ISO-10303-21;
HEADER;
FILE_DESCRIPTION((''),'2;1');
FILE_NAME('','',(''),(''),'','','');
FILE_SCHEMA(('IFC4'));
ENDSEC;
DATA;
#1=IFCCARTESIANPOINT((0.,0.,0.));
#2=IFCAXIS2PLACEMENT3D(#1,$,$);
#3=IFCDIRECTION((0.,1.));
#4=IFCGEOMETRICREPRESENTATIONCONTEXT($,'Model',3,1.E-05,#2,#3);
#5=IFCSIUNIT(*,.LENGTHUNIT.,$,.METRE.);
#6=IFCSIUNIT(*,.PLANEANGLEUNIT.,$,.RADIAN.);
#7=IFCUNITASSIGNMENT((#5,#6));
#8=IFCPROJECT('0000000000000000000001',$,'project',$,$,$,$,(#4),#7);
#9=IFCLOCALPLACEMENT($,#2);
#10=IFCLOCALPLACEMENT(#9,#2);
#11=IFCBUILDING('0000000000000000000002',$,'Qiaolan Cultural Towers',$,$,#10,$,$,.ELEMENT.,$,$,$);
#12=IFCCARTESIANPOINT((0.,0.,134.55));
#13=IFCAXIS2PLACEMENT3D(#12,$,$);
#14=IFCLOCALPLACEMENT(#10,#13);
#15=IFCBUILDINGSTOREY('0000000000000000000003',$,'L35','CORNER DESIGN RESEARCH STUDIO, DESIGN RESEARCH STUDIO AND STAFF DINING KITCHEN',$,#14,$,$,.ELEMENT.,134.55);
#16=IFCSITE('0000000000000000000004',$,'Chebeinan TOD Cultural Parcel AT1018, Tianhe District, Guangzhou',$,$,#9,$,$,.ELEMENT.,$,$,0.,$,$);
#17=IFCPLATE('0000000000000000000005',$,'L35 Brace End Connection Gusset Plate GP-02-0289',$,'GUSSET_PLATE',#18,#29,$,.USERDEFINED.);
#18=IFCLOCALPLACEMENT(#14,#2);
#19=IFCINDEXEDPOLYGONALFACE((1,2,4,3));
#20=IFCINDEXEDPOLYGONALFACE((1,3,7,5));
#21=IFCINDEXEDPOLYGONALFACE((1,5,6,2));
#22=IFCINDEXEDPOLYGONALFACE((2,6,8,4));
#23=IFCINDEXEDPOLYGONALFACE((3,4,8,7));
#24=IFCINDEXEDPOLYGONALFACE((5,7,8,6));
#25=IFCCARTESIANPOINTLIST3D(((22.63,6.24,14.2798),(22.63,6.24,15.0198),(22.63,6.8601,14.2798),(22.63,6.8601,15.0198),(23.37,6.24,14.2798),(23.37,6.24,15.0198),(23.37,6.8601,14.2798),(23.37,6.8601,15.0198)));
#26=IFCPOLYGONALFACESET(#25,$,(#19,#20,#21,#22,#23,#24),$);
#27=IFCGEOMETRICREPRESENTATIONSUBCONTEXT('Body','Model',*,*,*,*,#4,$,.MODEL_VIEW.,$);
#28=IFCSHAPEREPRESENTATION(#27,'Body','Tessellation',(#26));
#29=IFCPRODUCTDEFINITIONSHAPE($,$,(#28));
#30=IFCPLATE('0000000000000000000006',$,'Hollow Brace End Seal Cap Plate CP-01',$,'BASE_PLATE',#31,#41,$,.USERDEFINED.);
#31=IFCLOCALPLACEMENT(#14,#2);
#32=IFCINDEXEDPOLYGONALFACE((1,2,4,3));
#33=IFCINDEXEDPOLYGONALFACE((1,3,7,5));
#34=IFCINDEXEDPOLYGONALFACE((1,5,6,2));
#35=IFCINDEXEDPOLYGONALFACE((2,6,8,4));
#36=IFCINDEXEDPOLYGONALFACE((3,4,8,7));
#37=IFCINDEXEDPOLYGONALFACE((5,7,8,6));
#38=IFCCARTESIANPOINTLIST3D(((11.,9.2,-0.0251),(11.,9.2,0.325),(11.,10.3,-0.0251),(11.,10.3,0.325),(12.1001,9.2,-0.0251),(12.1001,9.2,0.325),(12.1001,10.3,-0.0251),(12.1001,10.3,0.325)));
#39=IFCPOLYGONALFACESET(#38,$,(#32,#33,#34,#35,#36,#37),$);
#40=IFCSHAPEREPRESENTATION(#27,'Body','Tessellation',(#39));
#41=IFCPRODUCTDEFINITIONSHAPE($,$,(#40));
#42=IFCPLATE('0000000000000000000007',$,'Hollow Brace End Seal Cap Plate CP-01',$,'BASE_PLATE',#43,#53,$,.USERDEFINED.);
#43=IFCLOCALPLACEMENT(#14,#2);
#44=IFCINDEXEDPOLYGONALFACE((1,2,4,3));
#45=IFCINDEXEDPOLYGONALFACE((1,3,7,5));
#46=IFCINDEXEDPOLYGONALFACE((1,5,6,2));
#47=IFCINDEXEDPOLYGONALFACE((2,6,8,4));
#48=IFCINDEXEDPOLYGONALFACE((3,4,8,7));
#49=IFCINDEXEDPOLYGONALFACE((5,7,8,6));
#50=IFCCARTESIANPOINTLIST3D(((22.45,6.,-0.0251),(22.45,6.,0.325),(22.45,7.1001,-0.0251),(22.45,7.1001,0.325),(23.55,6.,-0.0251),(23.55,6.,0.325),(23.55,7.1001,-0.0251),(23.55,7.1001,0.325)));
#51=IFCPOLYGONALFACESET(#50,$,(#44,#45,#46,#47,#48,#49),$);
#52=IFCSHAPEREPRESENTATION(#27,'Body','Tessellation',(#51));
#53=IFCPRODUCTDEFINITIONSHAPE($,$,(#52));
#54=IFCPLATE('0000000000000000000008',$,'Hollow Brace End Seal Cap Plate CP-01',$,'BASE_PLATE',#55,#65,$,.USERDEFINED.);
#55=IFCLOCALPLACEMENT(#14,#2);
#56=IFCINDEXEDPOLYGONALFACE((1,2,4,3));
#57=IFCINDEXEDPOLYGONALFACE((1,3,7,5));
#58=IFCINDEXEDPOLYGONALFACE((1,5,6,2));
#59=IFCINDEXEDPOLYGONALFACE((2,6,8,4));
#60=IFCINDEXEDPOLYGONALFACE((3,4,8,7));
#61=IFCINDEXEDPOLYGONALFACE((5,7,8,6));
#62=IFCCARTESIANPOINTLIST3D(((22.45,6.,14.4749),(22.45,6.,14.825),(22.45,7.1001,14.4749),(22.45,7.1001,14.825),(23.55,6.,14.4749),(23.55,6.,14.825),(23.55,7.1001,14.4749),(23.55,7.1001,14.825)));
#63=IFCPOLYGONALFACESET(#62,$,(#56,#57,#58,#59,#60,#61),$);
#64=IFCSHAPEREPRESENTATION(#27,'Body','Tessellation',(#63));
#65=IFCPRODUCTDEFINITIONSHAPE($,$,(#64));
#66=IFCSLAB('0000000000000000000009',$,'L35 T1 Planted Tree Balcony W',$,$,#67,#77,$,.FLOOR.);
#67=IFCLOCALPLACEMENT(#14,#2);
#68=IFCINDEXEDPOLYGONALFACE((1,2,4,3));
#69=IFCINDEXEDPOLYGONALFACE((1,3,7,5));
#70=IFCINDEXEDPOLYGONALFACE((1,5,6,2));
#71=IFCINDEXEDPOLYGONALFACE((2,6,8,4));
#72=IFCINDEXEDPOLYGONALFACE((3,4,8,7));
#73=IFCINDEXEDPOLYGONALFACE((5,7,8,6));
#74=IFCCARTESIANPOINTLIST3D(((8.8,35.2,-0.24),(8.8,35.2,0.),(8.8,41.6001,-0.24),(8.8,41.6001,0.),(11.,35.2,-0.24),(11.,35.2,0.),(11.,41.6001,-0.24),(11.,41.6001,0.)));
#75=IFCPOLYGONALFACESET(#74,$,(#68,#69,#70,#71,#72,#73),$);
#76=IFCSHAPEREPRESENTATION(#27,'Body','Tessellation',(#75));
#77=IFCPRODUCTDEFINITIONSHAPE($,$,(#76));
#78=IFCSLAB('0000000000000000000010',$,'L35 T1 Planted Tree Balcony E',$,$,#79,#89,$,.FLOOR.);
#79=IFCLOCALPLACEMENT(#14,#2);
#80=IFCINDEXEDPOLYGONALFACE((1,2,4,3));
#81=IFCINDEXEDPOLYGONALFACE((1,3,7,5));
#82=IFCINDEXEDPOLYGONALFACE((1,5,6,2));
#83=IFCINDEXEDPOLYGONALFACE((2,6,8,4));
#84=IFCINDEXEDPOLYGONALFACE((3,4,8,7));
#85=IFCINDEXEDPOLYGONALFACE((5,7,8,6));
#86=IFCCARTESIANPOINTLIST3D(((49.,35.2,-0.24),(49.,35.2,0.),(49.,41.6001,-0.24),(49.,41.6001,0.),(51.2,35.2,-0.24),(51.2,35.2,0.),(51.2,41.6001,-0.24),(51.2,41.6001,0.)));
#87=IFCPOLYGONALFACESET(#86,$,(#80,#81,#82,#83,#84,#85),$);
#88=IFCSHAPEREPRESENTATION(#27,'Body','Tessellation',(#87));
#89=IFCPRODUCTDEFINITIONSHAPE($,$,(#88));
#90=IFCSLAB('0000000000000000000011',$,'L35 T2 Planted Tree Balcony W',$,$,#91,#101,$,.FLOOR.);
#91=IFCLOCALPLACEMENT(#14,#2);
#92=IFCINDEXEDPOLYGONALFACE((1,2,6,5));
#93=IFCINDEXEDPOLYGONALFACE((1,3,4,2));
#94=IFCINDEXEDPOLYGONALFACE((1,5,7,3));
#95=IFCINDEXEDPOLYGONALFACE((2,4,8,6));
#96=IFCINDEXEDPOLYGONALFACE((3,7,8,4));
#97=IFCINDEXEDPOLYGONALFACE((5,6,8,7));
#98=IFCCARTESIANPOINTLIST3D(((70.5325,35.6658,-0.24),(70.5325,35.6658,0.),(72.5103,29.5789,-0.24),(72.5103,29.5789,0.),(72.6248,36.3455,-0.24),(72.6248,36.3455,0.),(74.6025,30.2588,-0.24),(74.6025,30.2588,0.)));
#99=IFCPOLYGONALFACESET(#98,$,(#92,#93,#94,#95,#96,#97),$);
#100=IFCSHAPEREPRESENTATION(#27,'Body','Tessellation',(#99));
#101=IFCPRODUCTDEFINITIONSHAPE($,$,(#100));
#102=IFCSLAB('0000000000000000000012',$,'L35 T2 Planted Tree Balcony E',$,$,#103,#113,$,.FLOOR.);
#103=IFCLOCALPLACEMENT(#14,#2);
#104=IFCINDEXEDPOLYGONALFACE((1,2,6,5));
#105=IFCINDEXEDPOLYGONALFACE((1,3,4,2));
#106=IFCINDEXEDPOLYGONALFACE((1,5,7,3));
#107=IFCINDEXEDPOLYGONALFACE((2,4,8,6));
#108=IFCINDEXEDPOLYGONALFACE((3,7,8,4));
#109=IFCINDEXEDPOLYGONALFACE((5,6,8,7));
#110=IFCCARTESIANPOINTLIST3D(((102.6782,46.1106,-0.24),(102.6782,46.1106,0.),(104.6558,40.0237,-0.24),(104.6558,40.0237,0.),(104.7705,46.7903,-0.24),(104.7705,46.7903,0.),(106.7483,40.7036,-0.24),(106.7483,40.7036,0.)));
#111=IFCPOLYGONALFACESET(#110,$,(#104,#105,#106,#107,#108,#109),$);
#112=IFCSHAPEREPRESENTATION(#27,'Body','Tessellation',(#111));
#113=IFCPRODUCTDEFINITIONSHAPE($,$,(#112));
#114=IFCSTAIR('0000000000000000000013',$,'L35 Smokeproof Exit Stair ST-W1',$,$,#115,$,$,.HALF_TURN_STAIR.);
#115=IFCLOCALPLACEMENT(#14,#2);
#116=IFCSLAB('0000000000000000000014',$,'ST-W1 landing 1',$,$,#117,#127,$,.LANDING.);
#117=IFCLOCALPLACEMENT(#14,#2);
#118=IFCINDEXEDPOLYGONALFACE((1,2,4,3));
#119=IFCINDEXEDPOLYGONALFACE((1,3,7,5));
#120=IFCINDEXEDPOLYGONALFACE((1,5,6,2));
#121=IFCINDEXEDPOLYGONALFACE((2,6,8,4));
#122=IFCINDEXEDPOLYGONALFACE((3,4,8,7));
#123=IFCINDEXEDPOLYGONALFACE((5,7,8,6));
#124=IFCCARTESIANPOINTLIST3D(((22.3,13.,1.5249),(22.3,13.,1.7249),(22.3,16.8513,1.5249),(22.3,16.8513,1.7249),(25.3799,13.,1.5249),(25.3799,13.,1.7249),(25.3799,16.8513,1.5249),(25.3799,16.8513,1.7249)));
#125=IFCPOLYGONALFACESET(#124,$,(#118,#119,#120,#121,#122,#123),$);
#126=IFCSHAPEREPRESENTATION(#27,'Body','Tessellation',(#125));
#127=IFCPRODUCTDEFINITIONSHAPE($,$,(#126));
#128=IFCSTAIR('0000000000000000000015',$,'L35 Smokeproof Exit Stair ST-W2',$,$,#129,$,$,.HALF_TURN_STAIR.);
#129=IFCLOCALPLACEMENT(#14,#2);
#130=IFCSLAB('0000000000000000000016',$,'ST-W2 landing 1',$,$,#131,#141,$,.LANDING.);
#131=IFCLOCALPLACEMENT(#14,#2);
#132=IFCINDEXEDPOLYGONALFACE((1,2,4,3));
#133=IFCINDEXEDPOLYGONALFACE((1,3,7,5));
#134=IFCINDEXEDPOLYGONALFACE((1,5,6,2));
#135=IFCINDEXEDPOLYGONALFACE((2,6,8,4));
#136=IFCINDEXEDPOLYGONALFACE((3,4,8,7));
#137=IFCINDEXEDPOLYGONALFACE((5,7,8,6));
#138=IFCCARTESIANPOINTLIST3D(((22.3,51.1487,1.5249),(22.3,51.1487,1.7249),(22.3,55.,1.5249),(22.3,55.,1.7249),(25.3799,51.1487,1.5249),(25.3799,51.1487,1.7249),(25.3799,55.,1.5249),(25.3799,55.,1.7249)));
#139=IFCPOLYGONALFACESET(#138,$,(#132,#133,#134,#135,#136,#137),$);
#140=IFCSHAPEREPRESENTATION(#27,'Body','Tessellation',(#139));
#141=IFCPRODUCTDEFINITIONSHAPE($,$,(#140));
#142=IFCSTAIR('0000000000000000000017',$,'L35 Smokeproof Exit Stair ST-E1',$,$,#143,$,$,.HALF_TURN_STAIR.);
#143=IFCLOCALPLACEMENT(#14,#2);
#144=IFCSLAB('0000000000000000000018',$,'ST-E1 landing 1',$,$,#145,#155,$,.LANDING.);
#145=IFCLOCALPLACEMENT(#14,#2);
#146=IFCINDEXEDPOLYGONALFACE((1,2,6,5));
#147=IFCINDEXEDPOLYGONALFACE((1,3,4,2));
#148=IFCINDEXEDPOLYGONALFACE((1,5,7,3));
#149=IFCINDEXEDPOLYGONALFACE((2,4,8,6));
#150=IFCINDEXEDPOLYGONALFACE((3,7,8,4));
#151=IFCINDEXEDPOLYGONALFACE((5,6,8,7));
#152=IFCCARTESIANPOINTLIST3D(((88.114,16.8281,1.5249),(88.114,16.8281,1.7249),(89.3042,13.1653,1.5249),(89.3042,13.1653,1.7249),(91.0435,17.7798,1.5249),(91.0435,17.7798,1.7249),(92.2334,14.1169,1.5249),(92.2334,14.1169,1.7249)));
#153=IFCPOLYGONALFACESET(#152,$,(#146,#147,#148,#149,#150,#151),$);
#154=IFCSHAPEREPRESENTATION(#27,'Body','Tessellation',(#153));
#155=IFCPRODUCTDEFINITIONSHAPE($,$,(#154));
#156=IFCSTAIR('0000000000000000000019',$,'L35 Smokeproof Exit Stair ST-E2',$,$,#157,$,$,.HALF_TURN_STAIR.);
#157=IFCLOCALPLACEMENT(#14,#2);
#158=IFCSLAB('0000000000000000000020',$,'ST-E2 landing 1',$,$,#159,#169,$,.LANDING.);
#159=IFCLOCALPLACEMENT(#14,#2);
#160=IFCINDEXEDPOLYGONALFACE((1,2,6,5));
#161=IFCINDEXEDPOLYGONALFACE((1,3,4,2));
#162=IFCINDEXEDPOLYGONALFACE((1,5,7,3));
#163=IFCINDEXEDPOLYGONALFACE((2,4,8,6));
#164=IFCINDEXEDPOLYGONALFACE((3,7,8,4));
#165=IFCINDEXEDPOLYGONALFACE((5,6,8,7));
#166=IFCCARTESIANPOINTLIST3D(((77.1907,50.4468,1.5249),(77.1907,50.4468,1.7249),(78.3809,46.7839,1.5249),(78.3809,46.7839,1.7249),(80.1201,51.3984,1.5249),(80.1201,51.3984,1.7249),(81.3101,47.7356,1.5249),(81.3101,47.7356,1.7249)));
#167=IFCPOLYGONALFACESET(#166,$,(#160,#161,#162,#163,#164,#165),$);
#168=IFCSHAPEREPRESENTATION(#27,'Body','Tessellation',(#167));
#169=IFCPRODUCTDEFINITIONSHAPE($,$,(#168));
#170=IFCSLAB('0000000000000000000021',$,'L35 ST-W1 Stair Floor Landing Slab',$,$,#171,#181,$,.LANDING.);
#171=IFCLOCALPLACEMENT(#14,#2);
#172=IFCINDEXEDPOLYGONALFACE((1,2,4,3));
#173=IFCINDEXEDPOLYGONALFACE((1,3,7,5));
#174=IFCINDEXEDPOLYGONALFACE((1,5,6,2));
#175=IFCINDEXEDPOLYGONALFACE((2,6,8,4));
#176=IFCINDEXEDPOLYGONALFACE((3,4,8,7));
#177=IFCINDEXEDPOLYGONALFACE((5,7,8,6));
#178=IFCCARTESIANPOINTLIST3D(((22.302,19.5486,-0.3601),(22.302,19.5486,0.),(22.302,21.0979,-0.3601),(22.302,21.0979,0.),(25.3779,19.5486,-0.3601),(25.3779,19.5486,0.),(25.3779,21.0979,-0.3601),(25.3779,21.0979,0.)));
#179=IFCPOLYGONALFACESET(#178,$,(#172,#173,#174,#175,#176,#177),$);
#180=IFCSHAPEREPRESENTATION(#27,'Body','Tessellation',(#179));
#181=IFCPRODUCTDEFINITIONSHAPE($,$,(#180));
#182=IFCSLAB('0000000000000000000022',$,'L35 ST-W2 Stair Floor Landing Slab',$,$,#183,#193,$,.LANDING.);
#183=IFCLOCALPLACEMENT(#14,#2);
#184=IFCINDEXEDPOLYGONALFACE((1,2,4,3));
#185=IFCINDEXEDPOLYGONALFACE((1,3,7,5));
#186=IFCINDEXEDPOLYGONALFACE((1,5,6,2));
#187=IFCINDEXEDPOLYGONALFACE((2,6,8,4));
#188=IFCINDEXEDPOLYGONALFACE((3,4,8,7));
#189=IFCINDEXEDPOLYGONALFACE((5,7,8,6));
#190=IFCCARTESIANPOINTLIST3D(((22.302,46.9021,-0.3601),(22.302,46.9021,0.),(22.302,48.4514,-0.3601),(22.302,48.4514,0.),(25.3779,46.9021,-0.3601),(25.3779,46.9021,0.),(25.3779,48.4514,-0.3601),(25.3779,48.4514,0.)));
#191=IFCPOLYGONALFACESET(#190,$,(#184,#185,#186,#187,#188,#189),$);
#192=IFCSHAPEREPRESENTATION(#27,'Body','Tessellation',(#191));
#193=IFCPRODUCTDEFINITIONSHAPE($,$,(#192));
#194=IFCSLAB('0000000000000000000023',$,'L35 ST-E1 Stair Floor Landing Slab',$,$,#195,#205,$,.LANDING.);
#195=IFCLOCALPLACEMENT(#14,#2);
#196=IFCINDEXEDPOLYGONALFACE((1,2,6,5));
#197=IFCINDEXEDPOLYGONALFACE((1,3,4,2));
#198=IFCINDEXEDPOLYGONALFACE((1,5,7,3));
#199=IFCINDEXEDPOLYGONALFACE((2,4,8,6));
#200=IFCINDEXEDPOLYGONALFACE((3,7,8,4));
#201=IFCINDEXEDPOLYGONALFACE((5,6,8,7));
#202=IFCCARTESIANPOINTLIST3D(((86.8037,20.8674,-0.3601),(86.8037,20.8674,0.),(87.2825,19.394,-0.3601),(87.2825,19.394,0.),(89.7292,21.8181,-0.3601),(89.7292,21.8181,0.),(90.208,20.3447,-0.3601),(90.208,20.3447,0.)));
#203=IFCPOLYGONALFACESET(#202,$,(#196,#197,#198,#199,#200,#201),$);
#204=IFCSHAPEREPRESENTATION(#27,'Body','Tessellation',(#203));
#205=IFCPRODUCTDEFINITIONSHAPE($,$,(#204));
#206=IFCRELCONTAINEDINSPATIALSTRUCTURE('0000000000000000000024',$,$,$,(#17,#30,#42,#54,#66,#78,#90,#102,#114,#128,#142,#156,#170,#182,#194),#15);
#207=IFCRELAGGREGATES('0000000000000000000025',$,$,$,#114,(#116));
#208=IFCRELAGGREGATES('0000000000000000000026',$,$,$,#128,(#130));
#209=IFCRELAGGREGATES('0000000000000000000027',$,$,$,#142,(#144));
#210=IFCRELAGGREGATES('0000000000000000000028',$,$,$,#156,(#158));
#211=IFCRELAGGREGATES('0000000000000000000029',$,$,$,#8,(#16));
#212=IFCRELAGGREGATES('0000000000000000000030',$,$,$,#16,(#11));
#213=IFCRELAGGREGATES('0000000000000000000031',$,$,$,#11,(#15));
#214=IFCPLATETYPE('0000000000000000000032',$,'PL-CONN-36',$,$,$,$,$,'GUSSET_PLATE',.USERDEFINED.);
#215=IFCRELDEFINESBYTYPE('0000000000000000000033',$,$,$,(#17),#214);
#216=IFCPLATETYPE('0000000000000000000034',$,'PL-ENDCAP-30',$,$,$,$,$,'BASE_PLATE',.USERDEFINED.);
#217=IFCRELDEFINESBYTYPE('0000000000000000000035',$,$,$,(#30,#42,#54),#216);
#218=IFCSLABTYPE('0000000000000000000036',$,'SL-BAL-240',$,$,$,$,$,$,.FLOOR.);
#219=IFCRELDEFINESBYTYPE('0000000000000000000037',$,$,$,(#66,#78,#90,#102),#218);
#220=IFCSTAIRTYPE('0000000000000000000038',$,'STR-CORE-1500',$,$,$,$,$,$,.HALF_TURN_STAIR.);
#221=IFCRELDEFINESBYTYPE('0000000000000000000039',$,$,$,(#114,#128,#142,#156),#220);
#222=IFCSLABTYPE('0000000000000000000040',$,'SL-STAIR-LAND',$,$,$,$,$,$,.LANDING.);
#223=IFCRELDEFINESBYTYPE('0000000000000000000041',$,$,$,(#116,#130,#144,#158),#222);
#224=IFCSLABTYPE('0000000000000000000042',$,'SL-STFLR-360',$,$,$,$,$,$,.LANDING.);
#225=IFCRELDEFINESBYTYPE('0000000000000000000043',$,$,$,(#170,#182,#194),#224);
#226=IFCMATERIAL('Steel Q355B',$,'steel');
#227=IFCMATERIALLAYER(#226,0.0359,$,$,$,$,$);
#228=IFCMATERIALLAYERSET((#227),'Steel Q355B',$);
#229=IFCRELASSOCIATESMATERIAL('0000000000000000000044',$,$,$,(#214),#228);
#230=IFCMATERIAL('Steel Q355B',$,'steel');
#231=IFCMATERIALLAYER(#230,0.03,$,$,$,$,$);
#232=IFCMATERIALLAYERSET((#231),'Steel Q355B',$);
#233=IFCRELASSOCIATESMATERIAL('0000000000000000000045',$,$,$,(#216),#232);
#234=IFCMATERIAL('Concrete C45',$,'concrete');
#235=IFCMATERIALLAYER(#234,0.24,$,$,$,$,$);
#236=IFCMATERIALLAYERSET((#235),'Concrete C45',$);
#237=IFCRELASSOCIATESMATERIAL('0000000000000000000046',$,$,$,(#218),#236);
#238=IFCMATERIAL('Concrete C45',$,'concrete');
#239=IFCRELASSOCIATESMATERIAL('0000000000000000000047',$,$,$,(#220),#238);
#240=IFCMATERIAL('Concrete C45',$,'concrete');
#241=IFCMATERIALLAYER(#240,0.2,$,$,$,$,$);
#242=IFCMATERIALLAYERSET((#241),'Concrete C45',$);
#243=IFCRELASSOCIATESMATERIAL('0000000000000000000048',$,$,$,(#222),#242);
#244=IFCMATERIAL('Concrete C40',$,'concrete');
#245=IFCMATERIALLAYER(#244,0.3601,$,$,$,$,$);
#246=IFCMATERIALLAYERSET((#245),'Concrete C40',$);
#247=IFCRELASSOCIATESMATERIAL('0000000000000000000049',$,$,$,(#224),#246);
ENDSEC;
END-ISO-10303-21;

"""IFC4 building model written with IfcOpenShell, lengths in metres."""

from ifc_helpers import new_model, si_unit, direction, frame, origin, origin_2d, place, context, subcontext, project, spatial, polyline, rectangle, outline, extrude, material, layer, layer_set, type_object, element, aggregate, save


model = new_model("IFC4")

# Units and contexts
model_context = context("Model", 3, precision=1e-05, world=origin(), true_north=direction((0.0, 1.0)))
body_context = subcontext(model_context, "Body", "Model", "MODEL_VIEW")
ifc_project = project(units=[si_unit("LENGTHUNIT", "METRE"), si_unit("PLANEANGLEUNIT", "RADIAN")], contexts=[model_context])

# Site, building, storey
site_placement = place(None, origin())
site = spatial("IfcSite", under=ifc_project, at=site_placement, Name="Chebeinan TOD Cultural Parcel AT1018, Tianhe District, Guangzhou", CompositionType="ELEMENT", RefElevation=0.0)
building_placement = place(site_placement, origin())
building = spatial("IfcBuilding", under=site, at=building_placement, Name="Qiaolan Cultural Towers", CompositionType="ELEMENT")
storey_placement = place(building_placement, frame((0.0, 0.0, 134.55)))
storey = spatial("IfcBuildingStorey", under=building, at=storey_placement, Name="L35", Description="CORNER DESIGN RESEARCH STUDIO, DESIGN RESEARCH STUDIO AND STAFF DINING KITCHEN", CompositionType="ELEMENT", Elevation=134.55)

# Plates
ifc_material_1 = material(Name="Steel Q355B", Category="steel")
ifc_layer_1 = layer(ifc_material_1, 0.0359)
ifc_layer_set_1 = layer_set([ifc_layer_1], Name="Steel Q355B")
plate_type_1 = type_object("IfcPlateType", Name="PL-CONN-36", ElementType="GUSSET_PLATE", PredefinedType="USERDEFINED", material=ifc_layer_set_1)
plate_placement = place(storey_placement, frame((23.0, 6.55, 14.2798), z_axis=(0.0, 0.0, 1.0), x_axis=(1.0, 0.0, 0.0)))
element("IfcPlate", 1, at=plate_placement, inside=storey, type_object=plate_type_1, Name="L35 Brace End Connection Gusset Plate GP-02-0289", ObjectType="GUSSET_PLATE", PredefinedType="USERDEFINED", context=body_context, shape_type="SweptSolid", body=[
    extrude(rectangle(XDim=0.74, YDim=0.6201, at=origin_2d()), origin(), (0.0, 0.0, 1.0), 0.74),
])
ifc_material_2 = material(Name="Steel Q355B", Category="steel")
ifc_layer_2 = layer(ifc_material_2, 0.03)
ifc_layer_set_2 = layer_set([ifc_layer_2], Name="Steel Q355B")
plate_type_2 = type_object("IfcPlateType", Name="PL-ENDCAP-30", ElementType="BASE_PLATE", PredefinedType="USERDEFINED", material=ifc_layer_set_2)
for number, where, z_axis, x_axis, name in (
    (2, (11.55, 9.75, -0.0251), (0.0, 0.0, 1.0), (0.0, 1.0, 0.0), "Hollow Brace End Seal Cap Plate CP-01"),
    (3, (23.0, 6.55, -0.0251), (0.0, 0.0, 1.0), (1.0, 0.0, 0.0), "Hollow Brace End Seal Cap Plate CP-01"),
    (4, (23.0, 6.55, 14.4749), (0.0, 0.0, 1.0), (1.0, 0.0, 0.0), "Hollow Brace End Seal Cap Plate CP-01"),
):
    element("IfcPlate", number, at=place(storey_placement, frame(where, z_axis=z_axis, x_axis=x_axis)), inside=storey, type_object=plate_type_2, Name=name, ObjectType="BASE_PLATE", PredefinedType="USERDEFINED", context=body_context, shape_type="SweptSolid", body=[
        extrude(rectangle(XDim=1.1001, YDim=1.1001, at=origin_2d()), origin(), (0.0, 0.0, 1.0), 0.3501),
    ])

# Slabs
ifc_material_3 = material(Name="Concrete C45", Category="concrete")
ifc_layer_3 = layer(ifc_material_3, 0.24)
ifc_layer_set_3 = layer_set([ifc_layer_3], Name="Concrete C45")
slab_type_1 = type_object("IfcSlabType", Name="SL-BAL-240", PredefinedType="FLOOR", material=ifc_layer_set_3)
slab_1_placement = place(storey_placement, frame((0.0, 0.0, -0.24)))
element("IfcSlab", 5, at=slab_1_placement, inside=storey, type_object=slab_type_1, Name="L35 T1 Planted Tree Balcony W", PredefinedType="FLOOR", context=body_context, shape_type="SweptSolid", body=[
    extrude(outline(polyline([(8.8, 35.2), (11.0, 35.2), (11.0, 41.6001), (8.8, 41.6001), (8.8, 35.2)])), origin(), (0.0, 0.0, 1.0), 0.24),
])
slab_2_placement = place(storey_placement, frame((0.0, 0.0, -0.24)))
element("IfcSlab", 6, at=slab_2_placement, inside=storey, type_object=slab_type_1, Name="L35 T1 Planted Tree Balcony E", PredefinedType="FLOOR", context=body_context, shape_type="SweptSolid", body=[
    extrude(outline(polyline([(49.0, 35.2), (51.2, 35.2), (51.2, 41.6001), (49.0, 41.6001), (49.0, 35.2)])), origin(), (0.0, 0.0, 1.0), 0.24),
])
slab_3_placement = place(storey_placement, frame((0.0, 0.0, -0.24)))
element("IfcSlab", 7, at=slab_3_placement, inside=storey, type_object=slab_type_1, Name="L35 T2 Planted Tree Balcony W", PredefinedType="FLOOR", context=body_context, shape_type="SweptSolid", body=[
    extrude(outline(polyline([(72.5103, 29.5789), (74.6025, 30.2588), (72.6248, 36.3455), (70.5325, 35.6658), (72.5103, 29.5789)])), origin(), (0.0, 0.0, 1.0), 0.24),
])
slab_4_placement = place(storey_placement, frame((0.0, 0.0, -0.24)))
element("IfcSlab", 8, at=slab_4_placement, inside=storey, type_object=slab_type_1, Name="L35 T2 Planted Tree Balcony E", PredefinedType="FLOOR", context=body_context, shape_type="SweptSolid", body=[
    extrude(outline(polyline([(104.6558, 40.0237), (106.7483, 40.7036), (104.7705, 46.7903), (102.6782, 46.1106), (104.6558, 40.0237)])), origin(), (0.0, 0.0, 1.0), 0.24),
])

# Stairs, slabs
ifc_material_4 = material(Name="Concrete C45", Category="concrete")
stair_type = type_object("IfcStairType", Name="STR-CORE-1500", PredefinedType="HALF_TURN_STAIR", material=ifc_material_4)
stair_1_placement = place(storey_placement, origin())
stair_1 = element("IfcStair", 9, at=stair_1_placement, inside=storey, type_object=stair_type, Name="L35 Smokeproof Exit Stair ST-W1", PredefinedType="HALF_TURN_STAIR")
ifc_material_5 = material(Name="Concrete C45", Category="concrete")
ifc_layer_4 = layer(ifc_material_5, 0.2)
ifc_layer_set_4 = layer_set([ifc_layer_4], Name="Concrete C45")
slab_type_2 = type_object("IfcSlabType", Name="SL-STAIR-LAND", PredefinedType="LANDING", material=ifc_layer_set_4)
slab_5_placement = place(storey_placement, frame((0.0, 0.0, 1.5249)))
slab_5 = element("IfcSlab", 10, at=slab_5_placement, type_object=slab_type_2, Name="ST-W1 landing 1", PredefinedType="LANDING", context=body_context, shape_type="SweptSolid", body=[
    extrude(outline(polyline([(22.3, 16.8513), (22.3, 13.0), (25.3799, 13.0), (25.3799, 16.8513), (22.3, 16.8513)])), origin(), (0.0, 0.0, 1.0), 0.2),
])
aggregate(stair_1, [slab_5])
stair_2_placement = place(storey_placement, origin())
stair_2 = element("IfcStair", 11, at=stair_2_placement, inside=storey, type_object=stair_type, Name="L35 Smokeproof Exit Stair ST-W2", PredefinedType="HALF_TURN_STAIR")
slab_6_placement = place(storey_placement, frame((0.0, 0.0, 1.5249)))
slab_6 = element("IfcSlab", 12, at=slab_6_placement, type_object=slab_type_2, Name="ST-W2 landing 1", PredefinedType="LANDING", context=body_context, shape_type="SweptSolid", body=[
    extrude(outline(polyline([(25.3799, 51.1487), (25.3799, 55.0), (22.3, 55.0), (22.3, 51.1487), (25.3799, 51.1487)])), origin(), (0.0, 0.0, 1.0), 0.2),
])
aggregate(stair_2, [slab_6])
stair_3_placement = place(storey_placement, origin())
stair_3 = element("IfcStair", 13, at=stair_3_placement, inside=storey, type_object=stair_type, Name="L35 Smokeproof Exit Stair ST-E1", PredefinedType="HALF_TURN_STAIR")
slab_7_placement = place(storey_placement, frame((0.0, 0.0, 1.5249)))
slab_7 = element("IfcSlab", 14, at=slab_7_placement, type_object=slab_type_2, Name="ST-E1 landing 1", PredefinedType="LANDING", context=body_context, shape_type="SweptSolid", body=[
    extrude(outline(polyline([(88.114, 16.8281), (89.3042, 13.1653), (92.2334, 14.1169), (91.0435, 17.7798), (88.114, 16.8281)])), origin(), (0.0, 0.0, 1.0), 0.2),
])
aggregate(stair_3, [slab_7])
stair_4_placement = place(storey_placement, origin())
stair_4 = element("IfcStair", 15, at=stair_4_placement, inside=storey, type_object=stair_type, Name="L35 Smokeproof Exit Stair ST-E2", PredefinedType="HALF_TURN_STAIR")
slab_8_placement = place(storey_placement, frame((0.0, 0.0, 1.5249)))
slab_8 = element("IfcSlab", 16, at=slab_8_placement, type_object=slab_type_2, Name="ST-E2 landing 1", PredefinedType="LANDING", context=body_context, shape_type="SweptSolid", body=[
    extrude(outline(polyline([(81.3101, 47.7356), (80.1201, 51.3984), (77.1907, 50.4468), (78.3809, 46.7839), (81.3101, 47.7356)])), origin(), (0.0, 0.0, 1.0), 0.2),
])
aggregate(stair_4, [slab_8])

# Slabs
ifc_material_6 = material(Name="Concrete C40", Category="concrete")
ifc_layer_5 = layer(ifc_material_6, 0.3601)
ifc_layer_set_5 = layer_set([ifc_layer_5], Name="Concrete C40")
slab_type_3 = type_object("IfcSlabType", Name="SL-STFLR-360", PredefinedType="LANDING", material=ifc_layer_set_5)
slab_9_placement = place(storey_placement, frame((0.0, 0.0, -0.3601)))
element("IfcSlab", 17, at=slab_9_placement, inside=storey, type_object=slab_type_3, Name="L35 ST-W1 Stair Floor Landing Slab", PredefinedType="LANDING", context=body_context, shape_type="SweptSolid", body=[
    extrude(outline(polyline([(22.302, 21.0979), (22.302, 19.5486), (25.3779, 19.5486), (25.3779, 21.0979), (22.302, 21.0979)])), origin(), (0.0, 0.0, 1.0), 0.3601),
])
slab_10_placement = place(storey_placement, frame((0.0, 0.0, -0.3601)))
element("IfcSlab", 18, at=slab_10_placement, inside=storey, type_object=slab_type_3, Name="L35 ST-W2 Stair Floor Landing Slab", PredefinedType="LANDING", context=body_context, shape_type="SweptSolid", body=[
    extrude(outline(polyline([(25.3779, 46.9021), (25.3779, 48.4514), (22.302, 48.4514), (22.302, 46.9021), (25.3779, 46.9021)])), origin(), (0.0, 0.0, 1.0), 0.3601),
])
slab_11_placement = place(storey_placement, frame((0.0, 0.0, -0.3601)))
element("IfcSlab", 19, at=slab_11_placement, inside=storey, type_object=slab_type_3, Name="L35 ST-E1 Stair Floor Landing Slab", PredefinedType="LANDING", context=body_context, shape_type="SweptSolid", body=[
    extrude(outline(polyline([(86.8037, 20.8674), (87.2825, 19.394), (90.208, 20.3447), (89.7292, 21.8181), (86.8037, 20.8674)])), origin(), (0.0, 0.0, 1.0), 0.3601),
])

save(model, "model.ifc")
